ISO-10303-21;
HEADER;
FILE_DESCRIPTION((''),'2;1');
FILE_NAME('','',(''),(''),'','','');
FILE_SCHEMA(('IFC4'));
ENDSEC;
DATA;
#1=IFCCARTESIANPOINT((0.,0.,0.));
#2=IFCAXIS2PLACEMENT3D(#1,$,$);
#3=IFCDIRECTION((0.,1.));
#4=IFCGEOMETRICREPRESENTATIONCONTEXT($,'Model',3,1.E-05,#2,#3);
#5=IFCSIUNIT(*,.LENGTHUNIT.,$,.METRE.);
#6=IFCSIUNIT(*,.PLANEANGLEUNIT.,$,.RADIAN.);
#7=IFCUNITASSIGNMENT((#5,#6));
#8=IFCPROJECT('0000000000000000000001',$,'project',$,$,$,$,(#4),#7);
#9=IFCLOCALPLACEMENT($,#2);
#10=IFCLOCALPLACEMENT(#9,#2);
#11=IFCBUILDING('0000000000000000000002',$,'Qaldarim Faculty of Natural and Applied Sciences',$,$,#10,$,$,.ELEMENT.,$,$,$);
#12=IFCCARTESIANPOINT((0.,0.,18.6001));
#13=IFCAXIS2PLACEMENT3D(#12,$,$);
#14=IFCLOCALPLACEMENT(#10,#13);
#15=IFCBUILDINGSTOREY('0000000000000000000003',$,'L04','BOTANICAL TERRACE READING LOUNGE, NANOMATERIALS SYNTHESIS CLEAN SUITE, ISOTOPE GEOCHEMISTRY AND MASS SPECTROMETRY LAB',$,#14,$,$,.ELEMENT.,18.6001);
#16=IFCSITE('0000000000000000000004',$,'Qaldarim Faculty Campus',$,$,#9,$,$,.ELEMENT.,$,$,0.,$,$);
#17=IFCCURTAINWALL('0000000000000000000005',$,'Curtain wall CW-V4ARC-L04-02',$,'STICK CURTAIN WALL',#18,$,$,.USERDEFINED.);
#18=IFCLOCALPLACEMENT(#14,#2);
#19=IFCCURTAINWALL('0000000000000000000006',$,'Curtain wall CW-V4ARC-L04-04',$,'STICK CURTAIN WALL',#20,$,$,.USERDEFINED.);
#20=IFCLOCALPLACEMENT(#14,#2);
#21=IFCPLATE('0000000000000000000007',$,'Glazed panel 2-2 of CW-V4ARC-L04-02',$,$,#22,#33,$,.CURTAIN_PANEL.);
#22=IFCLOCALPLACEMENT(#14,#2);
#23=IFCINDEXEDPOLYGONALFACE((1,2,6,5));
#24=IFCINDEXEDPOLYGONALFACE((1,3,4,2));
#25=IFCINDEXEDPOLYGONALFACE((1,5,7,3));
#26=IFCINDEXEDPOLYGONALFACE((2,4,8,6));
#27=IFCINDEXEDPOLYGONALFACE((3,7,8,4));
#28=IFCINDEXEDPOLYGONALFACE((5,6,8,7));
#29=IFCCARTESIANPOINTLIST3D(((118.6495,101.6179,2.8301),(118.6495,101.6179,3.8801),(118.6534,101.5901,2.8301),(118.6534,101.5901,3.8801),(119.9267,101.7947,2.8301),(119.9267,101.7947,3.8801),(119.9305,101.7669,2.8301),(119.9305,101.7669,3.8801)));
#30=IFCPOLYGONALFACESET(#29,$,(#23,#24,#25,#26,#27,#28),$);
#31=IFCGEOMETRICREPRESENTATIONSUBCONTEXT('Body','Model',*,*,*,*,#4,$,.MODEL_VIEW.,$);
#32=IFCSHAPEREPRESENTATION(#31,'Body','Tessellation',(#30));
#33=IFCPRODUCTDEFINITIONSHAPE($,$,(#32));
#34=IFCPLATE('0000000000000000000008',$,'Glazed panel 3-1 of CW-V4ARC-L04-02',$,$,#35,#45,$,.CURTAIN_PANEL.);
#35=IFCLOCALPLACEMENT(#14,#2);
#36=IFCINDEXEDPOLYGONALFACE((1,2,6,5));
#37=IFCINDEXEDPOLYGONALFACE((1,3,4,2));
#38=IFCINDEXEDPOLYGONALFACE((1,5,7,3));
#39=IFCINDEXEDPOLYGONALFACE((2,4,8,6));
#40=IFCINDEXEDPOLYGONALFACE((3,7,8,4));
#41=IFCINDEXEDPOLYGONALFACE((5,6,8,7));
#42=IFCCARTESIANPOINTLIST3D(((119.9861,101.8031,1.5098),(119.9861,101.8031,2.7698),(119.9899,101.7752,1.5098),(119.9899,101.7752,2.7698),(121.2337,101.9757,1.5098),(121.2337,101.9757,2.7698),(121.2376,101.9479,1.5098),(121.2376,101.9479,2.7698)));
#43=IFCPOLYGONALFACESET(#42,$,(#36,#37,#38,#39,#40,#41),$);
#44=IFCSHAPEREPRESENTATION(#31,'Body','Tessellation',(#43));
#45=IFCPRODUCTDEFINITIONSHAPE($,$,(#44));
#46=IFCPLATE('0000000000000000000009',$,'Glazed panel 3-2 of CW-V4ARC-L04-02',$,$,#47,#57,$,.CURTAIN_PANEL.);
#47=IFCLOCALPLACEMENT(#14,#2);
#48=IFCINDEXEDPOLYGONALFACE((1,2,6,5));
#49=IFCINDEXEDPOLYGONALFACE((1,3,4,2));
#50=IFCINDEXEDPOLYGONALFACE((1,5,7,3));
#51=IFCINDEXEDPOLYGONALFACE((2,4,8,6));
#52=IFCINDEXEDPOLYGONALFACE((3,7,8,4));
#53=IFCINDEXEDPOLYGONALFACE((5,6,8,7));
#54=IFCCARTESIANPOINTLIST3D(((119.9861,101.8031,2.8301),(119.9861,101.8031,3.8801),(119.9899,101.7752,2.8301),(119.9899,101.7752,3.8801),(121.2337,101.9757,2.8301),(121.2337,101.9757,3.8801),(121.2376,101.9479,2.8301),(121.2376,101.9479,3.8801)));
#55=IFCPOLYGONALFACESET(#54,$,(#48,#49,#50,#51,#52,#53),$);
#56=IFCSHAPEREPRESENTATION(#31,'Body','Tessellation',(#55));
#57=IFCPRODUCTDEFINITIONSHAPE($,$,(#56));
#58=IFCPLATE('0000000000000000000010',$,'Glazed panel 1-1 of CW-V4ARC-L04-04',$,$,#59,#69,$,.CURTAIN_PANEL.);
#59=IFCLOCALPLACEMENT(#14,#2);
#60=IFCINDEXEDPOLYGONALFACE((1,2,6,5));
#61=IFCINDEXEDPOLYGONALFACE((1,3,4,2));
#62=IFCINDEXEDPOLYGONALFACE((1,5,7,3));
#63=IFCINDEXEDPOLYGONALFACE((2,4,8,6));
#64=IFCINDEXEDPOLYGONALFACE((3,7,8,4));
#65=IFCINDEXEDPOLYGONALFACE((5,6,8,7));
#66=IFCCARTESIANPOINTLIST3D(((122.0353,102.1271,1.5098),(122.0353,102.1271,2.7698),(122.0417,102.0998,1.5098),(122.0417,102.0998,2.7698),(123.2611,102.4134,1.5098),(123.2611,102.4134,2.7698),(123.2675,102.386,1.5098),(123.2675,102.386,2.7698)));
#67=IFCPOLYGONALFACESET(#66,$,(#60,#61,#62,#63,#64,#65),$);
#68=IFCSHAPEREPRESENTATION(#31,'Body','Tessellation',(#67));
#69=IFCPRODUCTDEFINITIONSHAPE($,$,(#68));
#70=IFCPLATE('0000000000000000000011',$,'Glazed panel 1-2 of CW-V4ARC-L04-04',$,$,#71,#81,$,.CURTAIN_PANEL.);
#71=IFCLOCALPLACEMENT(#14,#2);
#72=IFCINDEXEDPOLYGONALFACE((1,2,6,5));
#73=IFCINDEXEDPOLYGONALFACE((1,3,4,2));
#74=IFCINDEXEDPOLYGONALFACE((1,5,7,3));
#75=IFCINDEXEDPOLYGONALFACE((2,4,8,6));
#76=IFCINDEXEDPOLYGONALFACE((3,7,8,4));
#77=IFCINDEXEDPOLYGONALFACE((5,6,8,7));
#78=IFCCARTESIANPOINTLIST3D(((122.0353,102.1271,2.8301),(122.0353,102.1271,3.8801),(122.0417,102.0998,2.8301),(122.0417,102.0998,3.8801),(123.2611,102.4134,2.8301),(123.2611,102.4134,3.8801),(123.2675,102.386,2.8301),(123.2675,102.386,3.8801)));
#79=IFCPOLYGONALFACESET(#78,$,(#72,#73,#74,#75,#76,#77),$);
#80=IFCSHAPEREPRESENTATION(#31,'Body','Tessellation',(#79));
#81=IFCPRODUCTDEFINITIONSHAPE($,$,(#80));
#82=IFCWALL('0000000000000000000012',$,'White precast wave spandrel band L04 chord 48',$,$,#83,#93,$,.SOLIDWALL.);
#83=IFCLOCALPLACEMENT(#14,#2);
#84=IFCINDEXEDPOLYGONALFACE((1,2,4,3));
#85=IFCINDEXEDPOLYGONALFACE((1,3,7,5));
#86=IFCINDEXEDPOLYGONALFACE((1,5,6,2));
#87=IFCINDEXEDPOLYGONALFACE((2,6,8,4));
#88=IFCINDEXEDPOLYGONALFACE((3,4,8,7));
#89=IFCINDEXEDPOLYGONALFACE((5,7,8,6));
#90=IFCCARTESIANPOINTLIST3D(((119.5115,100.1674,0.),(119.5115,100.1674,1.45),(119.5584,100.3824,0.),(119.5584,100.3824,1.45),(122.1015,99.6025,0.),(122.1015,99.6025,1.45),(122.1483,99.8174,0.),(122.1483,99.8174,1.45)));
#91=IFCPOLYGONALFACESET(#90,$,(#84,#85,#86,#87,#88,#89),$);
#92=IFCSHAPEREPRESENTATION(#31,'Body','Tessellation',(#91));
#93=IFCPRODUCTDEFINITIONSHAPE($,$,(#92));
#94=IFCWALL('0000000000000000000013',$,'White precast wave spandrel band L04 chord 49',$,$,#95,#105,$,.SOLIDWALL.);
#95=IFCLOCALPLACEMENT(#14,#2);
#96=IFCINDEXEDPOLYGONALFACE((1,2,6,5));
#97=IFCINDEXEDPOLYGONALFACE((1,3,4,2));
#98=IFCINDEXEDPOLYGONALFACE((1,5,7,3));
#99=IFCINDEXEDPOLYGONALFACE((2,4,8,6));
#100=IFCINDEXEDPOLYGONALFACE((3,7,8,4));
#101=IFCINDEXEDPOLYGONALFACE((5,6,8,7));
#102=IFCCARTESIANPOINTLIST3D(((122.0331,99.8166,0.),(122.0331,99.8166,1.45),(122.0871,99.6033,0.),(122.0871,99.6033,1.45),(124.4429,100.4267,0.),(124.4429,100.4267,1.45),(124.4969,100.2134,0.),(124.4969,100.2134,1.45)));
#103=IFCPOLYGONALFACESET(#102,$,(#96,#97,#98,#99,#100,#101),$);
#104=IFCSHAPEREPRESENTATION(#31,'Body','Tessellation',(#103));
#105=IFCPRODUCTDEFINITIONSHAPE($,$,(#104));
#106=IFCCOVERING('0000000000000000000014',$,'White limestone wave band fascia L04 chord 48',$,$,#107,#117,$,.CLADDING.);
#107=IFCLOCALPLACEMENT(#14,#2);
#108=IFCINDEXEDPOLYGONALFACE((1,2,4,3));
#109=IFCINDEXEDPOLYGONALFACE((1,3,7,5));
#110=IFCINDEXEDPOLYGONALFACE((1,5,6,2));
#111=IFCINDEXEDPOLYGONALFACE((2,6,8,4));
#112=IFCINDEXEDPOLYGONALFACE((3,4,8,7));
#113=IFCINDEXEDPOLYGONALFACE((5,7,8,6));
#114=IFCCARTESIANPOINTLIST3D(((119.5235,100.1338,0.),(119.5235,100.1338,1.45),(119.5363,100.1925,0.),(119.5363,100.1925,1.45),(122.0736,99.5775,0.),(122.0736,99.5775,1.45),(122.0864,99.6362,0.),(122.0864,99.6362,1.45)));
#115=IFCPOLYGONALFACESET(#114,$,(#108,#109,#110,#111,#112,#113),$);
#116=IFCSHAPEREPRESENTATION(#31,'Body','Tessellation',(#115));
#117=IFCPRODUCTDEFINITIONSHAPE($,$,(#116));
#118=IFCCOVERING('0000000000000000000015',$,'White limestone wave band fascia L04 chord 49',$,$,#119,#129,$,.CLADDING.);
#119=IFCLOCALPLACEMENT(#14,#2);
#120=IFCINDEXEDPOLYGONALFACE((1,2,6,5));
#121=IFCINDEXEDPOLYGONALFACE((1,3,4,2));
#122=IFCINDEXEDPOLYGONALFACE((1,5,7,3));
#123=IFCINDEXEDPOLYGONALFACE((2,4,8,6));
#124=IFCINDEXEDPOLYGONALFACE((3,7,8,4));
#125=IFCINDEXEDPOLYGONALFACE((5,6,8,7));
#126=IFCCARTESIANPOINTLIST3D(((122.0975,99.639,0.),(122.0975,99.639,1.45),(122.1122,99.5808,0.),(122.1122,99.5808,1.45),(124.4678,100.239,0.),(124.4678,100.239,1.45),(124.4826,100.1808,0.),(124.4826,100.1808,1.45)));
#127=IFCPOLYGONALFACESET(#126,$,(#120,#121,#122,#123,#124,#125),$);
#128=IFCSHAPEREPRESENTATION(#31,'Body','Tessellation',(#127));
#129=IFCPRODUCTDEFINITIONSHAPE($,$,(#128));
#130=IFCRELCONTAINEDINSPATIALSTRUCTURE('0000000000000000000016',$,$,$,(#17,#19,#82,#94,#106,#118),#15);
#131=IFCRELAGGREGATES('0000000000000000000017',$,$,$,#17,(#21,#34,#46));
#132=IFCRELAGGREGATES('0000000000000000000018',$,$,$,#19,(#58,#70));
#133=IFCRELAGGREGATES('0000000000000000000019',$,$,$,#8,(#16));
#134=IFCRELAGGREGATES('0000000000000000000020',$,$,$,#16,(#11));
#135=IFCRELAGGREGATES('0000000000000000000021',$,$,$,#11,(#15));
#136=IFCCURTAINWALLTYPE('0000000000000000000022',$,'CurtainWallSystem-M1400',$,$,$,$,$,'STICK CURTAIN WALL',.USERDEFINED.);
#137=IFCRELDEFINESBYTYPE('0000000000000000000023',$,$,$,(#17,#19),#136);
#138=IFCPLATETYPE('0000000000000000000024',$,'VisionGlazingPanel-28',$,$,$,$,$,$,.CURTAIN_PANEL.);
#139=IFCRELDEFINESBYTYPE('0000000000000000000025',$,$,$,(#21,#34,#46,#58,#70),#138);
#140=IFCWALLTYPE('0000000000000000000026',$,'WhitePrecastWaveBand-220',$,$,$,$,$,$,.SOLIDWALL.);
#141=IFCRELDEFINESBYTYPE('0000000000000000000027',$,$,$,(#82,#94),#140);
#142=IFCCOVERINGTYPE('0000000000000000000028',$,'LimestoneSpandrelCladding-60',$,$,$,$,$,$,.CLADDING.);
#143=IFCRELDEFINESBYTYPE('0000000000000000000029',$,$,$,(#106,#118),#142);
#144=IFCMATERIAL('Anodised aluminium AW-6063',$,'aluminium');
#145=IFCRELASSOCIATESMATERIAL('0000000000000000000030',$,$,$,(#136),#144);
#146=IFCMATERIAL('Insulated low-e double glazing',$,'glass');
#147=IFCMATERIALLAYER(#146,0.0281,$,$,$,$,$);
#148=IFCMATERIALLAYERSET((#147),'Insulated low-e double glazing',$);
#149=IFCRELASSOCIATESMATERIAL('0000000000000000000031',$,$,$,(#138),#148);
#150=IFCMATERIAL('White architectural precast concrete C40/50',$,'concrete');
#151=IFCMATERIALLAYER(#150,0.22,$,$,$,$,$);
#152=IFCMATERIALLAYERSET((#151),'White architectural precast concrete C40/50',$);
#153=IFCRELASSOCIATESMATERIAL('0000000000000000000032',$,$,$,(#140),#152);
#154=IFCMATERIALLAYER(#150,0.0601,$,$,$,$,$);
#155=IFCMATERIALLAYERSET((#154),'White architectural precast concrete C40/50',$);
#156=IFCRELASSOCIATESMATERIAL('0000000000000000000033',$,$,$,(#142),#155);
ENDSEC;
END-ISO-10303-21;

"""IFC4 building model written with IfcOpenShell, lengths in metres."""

from ifc_helpers import new_model, si_unit, direction, frame, frame_2d, origin, origin_2d, place, context, subcontext, project, spatial, rectangle, extrude, material, layer, layer_set, type_object, element, aggregate, save


model = new_model("IFC4")

# Units and contexts
model_context = context("Model", 3, precision=1e-05, world=origin(), true_north=direction((0.0, 1.0)))
body_context = subcontext(model_context, "Body", "Model", "MODEL_VIEW")
ifc_project = project(units=[si_unit("LENGTHUNIT", "METRE"), si_unit("PLANEANGLEUNIT", "RADIAN")], contexts=[model_context])

# Site, building, storey
site_placement = place(None, origin())
site = spatial("IfcSite", under=ifc_project, at=site_placement, Name="Qaldarim Faculty Campus", CompositionType="ELEMENT", RefElevation=0.0)
building_placement = place(site_placement, origin())
building = spatial("IfcBuilding", under=site, at=building_placement, Name="Qaldarim Faculty of Natural and Applied Sciences", CompositionType="ELEMENT")
storey_placement = place(building_placement, frame((0.0, 0.0, 18.6001)))
storey = spatial("IfcBuildingStorey", under=building, at=storey_placement, Name="L04", Description="BOTANICAL TERRACE READING LOUNGE, NANOMATERIALS SYNTHESIS CLEAN SUITE, ISOTOPE GEOCHEMISTRY AND MASS SPECTROMETRY LAB", CompositionType="ELEMENT", Elevation=18.6001)

# Curtain wall
ifc_material_1 = material(Name="Anodised aluminium AW-6063", Category="aluminium")
curtain_wall_type = type_object("IfcCurtainWallType", Name="CurtainWallSystem-M1400", ElementType="STICK CURTAIN WALL", PredefinedType="USERDEFINED", material=ifc_material_1)
curtain_wall_1_placement = place(storey_placement, origin())
curtain_wall_1 = element("IfcCurtainWall", 1, at=curtain_wall_1_placement, inside=storey, type_object=curtain_wall_type, Name="Curtain wall CW-V4ARC-L04-02", ObjectType="STICK CURTAIN WALL", PredefinedType="USERDEFINED")

# Curtain wall
curtain_wall_2_placement = place(storey_placement, origin())
curtain_wall_2 = element("IfcCurtainWall", 2, at=curtain_wall_2_placement, inside=storey, type_object=curtain_wall_type, Name="Curtain wall CW-V4ARC-L04-04", ObjectType="STICK CURTAIN WALL", PredefinedType="USERDEFINED")

# Plates
ifc_material_2 = material(Name="Insulated low-e double glazing", Category="glass")
ifc_layer_1 = layer(ifc_material_2, 0.0281)
ifc_layer_set_1 = layer_set([ifc_layer_1], Name="Insulated low-e double glazing")
plate_type = type_object("IfcPlateType", Name="VisionGlazingPanel-28", PredefinedType="CURTAIN_PANEL", material=ifc_layer_set_1)
plate_1_placement = place(storey_placement, frame((119.29, 101.6924, 2.8301), z_axis=(0.0, 0.0, 1.0), x_axis=(0.990557, 0.137099, 0.0)))
plate_1 = element("IfcPlate", 3, at=plate_1_placement, type_object=plate_type, Name="Glazed panel 2-2 of CW-V4ARC-L04-02", PredefinedType="CURTAIN_PANEL", context=body_context, shape_type="SweptSolid", body=[
    extrude(rectangle(XDim=1.2893, YDim=0.0281, at=origin_2d()), origin(), (0.0, 0.0, 1.0), 1.05),
])
plate_2_placement = place(storey_placement, frame((120.6118, 101.8755, 1.5098), z_axis=(0.0, 0.0, 1.0), x_axis=(0.990557, 0.137099, 0.0)))
plate_2 = element("IfcPlate", 4, at=plate_2_placement, type_object=plate_type, Name="Glazed panel 3-1 of CW-V4ARC-L04-02", PredefinedType="CURTAIN_PANEL", context=body_context, shape_type="SweptSolid", body=[
    extrude(rectangle(XDim=1.2595, YDim=0.0281, at=origin_2d()), origin(), (0.0, 0.0, 1.0), 1.26),
])
plate_3_placement = place(storey_placement, frame((120.6118, 101.8755, 2.8301), z_axis=(0.0, 0.0, 1.0), x_axis=(0.990557, 0.137099, 0.0)))
plate_3 = element("IfcPlate", 5, at=plate_3_placement, type_object=plate_type, Name="Glazed panel 3-2 of CW-V4ARC-L04-02", PredefinedType="CURTAIN_PANEL", context=body_context, shape_type="SweptSolid", body=[
    extrude(rectangle(XDim=1.2595, YDim=0.0281, at=origin_2d()), origin(), (0.0, 0.0, 1.0), 1.05),
])
aggregate(curtain_wall_1, [plate_1, plate_2, plate_3])
plate_4_placement = place(storey_placement, frame((122.6514, 102.2566, 1.5098), z_axis=(0.0, 0.0, 1.0), x_axis=(0.973806, 0.227382, 0.0)))
plate_4 = element("IfcPlate", 6, at=plate_4_placement, type_object=plate_type, Name="Glazed panel 1-1 of CW-V4ARC-L04-04", PredefinedType="CURTAIN_PANEL", context=body_context, shape_type="SweptSolid", body=[
    extrude(rectangle(XDim=1.2588, YDim=0.0281, at=origin_2d()), origin(), (0.0, 0.0, 1.0), 1.26),
])
plate_5_placement = place(storey_placement, frame((122.6514, 102.2566, 2.8301), z_axis=(0.0, 0.0, 1.0), x_axis=(0.973806, 0.227382, 0.0)))
plate_5 = element("IfcPlate", 7, at=plate_5_placement, type_object=plate_type, Name="Glazed panel 1-2 of CW-V4ARC-L04-04", PredefinedType="CURTAIN_PANEL", context=body_context, shape_type="SweptSolid", body=[
    extrude(rectangle(XDim=1.2588, YDim=0.0281, at=origin_2d()), origin(), (0.0, 0.0, 1.0), 1.05),
])
aggregate(curtain_wall_2, [plate_4, plate_5])

# Walls
ifc_material_3 = material(Name="White architectural precast concrete C40/50", Category="concrete")
ifc_layer_2 = layer(ifc_material_3, 0.22)
ifc_layer_set_2 = layer_set([ifc_layer_2], Name="White architectural precast concrete C40/50")
wall_type = type_object("IfcWallType", Name="WhitePrecastWaveBand-220", PredefinedType="SOLIDWALL", material=ifc_layer_set_2)
wall_1_placement = place(storey_placement, frame((119.5349, 100.2749, 0.0), z_axis=(0.0, 0.0, 1.0), x_axis=(0.977029, -0.213106, 0.0)))
element("IfcWall", 8, at=wall_1_placement, inside=storey, type_object=wall_type, Name="White precast wave spandrel band L04 chord 48", PredefinedType="SOLIDWALL", context=body_context, shape_type="SweptSolid", body=[
    extrude(rectangle(XDim=2.6509, YDim=0.22, at=frame_2d((1.3254, 0.0))), origin(), (0.0, 0.0, 1.0), 1.45),
])
wall_2_placement = place(storey_placement, frame((122.0601, 99.71, 0.0), z_axis=(0.0, 0.0, 1.0), x_axis=(0.969416, 0.245423, 0.0)))
element("IfcWall", 9, at=wall_2_placement, inside=storey, type_object=wall_type, Name="White precast wave spandrel band L04 chord 49", PredefinedType="SOLIDWALL", context=body_context, shape_type="SweptSolid", body=[
    extrude(rectangle(XDim=2.4858, YDim=0.22, at=frame_2d((1.2429, 0.0))), origin(), (0.0, 0.0, 1.0), 1.45),
])

# Coverings
ifc_layer_3 = layer(ifc_material_3, 0.0601)
ifc_layer_set_3 = layer_set([ifc_layer_3], Name="White architectural precast concrete C40/50")
covering_type = type_object("IfcCoveringType", Name="LimestoneSpandrelCladding-60", PredefinedType="CLADDING", material=ifc_layer_set_3)
covering_1_placement = place(storey_placement, frame((120.8049, 99.885, 0.0), z_axis=(0.0, 0.0, 1.0), x_axis=(0.977023, -0.213133, 0.0)))
element("IfcCovering", 10, at=covering_1_placement, inside=storey, type_object=covering_type, Name="White limestone wave band fascia L04 chord 48", PredefinedType="CLADDING", context=body_context, shape_type="SweptSolid", body=[
    extrude(rectangle(XDim=2.6101, YDim=0.0601, at=origin_2d()), origin(), (0.0, 0.0, 1.0), 1.45),
])
covering_2_placement = place(storey_placement, frame((123.29, 99.9099, 0.0), z_axis=(0.0, 0.0, 1.0), x_axis=(0.969428, 0.245375, 0.0)))
element("IfcCovering", 11, at=covering_2_placement, inside=storey, type_object=covering_type, Name="White limestone wave band fascia L04 chord 49", PredefinedType="CLADDING", context=body_context, shape_type="SweptSolid", body=[
    extrude(rectangle(XDim=2.4451, YDim=0.0601, at=origin_2d()), origin(), (0.0, 0.0, 1.0), 1.45),
])

save(model, "model.ifc")
